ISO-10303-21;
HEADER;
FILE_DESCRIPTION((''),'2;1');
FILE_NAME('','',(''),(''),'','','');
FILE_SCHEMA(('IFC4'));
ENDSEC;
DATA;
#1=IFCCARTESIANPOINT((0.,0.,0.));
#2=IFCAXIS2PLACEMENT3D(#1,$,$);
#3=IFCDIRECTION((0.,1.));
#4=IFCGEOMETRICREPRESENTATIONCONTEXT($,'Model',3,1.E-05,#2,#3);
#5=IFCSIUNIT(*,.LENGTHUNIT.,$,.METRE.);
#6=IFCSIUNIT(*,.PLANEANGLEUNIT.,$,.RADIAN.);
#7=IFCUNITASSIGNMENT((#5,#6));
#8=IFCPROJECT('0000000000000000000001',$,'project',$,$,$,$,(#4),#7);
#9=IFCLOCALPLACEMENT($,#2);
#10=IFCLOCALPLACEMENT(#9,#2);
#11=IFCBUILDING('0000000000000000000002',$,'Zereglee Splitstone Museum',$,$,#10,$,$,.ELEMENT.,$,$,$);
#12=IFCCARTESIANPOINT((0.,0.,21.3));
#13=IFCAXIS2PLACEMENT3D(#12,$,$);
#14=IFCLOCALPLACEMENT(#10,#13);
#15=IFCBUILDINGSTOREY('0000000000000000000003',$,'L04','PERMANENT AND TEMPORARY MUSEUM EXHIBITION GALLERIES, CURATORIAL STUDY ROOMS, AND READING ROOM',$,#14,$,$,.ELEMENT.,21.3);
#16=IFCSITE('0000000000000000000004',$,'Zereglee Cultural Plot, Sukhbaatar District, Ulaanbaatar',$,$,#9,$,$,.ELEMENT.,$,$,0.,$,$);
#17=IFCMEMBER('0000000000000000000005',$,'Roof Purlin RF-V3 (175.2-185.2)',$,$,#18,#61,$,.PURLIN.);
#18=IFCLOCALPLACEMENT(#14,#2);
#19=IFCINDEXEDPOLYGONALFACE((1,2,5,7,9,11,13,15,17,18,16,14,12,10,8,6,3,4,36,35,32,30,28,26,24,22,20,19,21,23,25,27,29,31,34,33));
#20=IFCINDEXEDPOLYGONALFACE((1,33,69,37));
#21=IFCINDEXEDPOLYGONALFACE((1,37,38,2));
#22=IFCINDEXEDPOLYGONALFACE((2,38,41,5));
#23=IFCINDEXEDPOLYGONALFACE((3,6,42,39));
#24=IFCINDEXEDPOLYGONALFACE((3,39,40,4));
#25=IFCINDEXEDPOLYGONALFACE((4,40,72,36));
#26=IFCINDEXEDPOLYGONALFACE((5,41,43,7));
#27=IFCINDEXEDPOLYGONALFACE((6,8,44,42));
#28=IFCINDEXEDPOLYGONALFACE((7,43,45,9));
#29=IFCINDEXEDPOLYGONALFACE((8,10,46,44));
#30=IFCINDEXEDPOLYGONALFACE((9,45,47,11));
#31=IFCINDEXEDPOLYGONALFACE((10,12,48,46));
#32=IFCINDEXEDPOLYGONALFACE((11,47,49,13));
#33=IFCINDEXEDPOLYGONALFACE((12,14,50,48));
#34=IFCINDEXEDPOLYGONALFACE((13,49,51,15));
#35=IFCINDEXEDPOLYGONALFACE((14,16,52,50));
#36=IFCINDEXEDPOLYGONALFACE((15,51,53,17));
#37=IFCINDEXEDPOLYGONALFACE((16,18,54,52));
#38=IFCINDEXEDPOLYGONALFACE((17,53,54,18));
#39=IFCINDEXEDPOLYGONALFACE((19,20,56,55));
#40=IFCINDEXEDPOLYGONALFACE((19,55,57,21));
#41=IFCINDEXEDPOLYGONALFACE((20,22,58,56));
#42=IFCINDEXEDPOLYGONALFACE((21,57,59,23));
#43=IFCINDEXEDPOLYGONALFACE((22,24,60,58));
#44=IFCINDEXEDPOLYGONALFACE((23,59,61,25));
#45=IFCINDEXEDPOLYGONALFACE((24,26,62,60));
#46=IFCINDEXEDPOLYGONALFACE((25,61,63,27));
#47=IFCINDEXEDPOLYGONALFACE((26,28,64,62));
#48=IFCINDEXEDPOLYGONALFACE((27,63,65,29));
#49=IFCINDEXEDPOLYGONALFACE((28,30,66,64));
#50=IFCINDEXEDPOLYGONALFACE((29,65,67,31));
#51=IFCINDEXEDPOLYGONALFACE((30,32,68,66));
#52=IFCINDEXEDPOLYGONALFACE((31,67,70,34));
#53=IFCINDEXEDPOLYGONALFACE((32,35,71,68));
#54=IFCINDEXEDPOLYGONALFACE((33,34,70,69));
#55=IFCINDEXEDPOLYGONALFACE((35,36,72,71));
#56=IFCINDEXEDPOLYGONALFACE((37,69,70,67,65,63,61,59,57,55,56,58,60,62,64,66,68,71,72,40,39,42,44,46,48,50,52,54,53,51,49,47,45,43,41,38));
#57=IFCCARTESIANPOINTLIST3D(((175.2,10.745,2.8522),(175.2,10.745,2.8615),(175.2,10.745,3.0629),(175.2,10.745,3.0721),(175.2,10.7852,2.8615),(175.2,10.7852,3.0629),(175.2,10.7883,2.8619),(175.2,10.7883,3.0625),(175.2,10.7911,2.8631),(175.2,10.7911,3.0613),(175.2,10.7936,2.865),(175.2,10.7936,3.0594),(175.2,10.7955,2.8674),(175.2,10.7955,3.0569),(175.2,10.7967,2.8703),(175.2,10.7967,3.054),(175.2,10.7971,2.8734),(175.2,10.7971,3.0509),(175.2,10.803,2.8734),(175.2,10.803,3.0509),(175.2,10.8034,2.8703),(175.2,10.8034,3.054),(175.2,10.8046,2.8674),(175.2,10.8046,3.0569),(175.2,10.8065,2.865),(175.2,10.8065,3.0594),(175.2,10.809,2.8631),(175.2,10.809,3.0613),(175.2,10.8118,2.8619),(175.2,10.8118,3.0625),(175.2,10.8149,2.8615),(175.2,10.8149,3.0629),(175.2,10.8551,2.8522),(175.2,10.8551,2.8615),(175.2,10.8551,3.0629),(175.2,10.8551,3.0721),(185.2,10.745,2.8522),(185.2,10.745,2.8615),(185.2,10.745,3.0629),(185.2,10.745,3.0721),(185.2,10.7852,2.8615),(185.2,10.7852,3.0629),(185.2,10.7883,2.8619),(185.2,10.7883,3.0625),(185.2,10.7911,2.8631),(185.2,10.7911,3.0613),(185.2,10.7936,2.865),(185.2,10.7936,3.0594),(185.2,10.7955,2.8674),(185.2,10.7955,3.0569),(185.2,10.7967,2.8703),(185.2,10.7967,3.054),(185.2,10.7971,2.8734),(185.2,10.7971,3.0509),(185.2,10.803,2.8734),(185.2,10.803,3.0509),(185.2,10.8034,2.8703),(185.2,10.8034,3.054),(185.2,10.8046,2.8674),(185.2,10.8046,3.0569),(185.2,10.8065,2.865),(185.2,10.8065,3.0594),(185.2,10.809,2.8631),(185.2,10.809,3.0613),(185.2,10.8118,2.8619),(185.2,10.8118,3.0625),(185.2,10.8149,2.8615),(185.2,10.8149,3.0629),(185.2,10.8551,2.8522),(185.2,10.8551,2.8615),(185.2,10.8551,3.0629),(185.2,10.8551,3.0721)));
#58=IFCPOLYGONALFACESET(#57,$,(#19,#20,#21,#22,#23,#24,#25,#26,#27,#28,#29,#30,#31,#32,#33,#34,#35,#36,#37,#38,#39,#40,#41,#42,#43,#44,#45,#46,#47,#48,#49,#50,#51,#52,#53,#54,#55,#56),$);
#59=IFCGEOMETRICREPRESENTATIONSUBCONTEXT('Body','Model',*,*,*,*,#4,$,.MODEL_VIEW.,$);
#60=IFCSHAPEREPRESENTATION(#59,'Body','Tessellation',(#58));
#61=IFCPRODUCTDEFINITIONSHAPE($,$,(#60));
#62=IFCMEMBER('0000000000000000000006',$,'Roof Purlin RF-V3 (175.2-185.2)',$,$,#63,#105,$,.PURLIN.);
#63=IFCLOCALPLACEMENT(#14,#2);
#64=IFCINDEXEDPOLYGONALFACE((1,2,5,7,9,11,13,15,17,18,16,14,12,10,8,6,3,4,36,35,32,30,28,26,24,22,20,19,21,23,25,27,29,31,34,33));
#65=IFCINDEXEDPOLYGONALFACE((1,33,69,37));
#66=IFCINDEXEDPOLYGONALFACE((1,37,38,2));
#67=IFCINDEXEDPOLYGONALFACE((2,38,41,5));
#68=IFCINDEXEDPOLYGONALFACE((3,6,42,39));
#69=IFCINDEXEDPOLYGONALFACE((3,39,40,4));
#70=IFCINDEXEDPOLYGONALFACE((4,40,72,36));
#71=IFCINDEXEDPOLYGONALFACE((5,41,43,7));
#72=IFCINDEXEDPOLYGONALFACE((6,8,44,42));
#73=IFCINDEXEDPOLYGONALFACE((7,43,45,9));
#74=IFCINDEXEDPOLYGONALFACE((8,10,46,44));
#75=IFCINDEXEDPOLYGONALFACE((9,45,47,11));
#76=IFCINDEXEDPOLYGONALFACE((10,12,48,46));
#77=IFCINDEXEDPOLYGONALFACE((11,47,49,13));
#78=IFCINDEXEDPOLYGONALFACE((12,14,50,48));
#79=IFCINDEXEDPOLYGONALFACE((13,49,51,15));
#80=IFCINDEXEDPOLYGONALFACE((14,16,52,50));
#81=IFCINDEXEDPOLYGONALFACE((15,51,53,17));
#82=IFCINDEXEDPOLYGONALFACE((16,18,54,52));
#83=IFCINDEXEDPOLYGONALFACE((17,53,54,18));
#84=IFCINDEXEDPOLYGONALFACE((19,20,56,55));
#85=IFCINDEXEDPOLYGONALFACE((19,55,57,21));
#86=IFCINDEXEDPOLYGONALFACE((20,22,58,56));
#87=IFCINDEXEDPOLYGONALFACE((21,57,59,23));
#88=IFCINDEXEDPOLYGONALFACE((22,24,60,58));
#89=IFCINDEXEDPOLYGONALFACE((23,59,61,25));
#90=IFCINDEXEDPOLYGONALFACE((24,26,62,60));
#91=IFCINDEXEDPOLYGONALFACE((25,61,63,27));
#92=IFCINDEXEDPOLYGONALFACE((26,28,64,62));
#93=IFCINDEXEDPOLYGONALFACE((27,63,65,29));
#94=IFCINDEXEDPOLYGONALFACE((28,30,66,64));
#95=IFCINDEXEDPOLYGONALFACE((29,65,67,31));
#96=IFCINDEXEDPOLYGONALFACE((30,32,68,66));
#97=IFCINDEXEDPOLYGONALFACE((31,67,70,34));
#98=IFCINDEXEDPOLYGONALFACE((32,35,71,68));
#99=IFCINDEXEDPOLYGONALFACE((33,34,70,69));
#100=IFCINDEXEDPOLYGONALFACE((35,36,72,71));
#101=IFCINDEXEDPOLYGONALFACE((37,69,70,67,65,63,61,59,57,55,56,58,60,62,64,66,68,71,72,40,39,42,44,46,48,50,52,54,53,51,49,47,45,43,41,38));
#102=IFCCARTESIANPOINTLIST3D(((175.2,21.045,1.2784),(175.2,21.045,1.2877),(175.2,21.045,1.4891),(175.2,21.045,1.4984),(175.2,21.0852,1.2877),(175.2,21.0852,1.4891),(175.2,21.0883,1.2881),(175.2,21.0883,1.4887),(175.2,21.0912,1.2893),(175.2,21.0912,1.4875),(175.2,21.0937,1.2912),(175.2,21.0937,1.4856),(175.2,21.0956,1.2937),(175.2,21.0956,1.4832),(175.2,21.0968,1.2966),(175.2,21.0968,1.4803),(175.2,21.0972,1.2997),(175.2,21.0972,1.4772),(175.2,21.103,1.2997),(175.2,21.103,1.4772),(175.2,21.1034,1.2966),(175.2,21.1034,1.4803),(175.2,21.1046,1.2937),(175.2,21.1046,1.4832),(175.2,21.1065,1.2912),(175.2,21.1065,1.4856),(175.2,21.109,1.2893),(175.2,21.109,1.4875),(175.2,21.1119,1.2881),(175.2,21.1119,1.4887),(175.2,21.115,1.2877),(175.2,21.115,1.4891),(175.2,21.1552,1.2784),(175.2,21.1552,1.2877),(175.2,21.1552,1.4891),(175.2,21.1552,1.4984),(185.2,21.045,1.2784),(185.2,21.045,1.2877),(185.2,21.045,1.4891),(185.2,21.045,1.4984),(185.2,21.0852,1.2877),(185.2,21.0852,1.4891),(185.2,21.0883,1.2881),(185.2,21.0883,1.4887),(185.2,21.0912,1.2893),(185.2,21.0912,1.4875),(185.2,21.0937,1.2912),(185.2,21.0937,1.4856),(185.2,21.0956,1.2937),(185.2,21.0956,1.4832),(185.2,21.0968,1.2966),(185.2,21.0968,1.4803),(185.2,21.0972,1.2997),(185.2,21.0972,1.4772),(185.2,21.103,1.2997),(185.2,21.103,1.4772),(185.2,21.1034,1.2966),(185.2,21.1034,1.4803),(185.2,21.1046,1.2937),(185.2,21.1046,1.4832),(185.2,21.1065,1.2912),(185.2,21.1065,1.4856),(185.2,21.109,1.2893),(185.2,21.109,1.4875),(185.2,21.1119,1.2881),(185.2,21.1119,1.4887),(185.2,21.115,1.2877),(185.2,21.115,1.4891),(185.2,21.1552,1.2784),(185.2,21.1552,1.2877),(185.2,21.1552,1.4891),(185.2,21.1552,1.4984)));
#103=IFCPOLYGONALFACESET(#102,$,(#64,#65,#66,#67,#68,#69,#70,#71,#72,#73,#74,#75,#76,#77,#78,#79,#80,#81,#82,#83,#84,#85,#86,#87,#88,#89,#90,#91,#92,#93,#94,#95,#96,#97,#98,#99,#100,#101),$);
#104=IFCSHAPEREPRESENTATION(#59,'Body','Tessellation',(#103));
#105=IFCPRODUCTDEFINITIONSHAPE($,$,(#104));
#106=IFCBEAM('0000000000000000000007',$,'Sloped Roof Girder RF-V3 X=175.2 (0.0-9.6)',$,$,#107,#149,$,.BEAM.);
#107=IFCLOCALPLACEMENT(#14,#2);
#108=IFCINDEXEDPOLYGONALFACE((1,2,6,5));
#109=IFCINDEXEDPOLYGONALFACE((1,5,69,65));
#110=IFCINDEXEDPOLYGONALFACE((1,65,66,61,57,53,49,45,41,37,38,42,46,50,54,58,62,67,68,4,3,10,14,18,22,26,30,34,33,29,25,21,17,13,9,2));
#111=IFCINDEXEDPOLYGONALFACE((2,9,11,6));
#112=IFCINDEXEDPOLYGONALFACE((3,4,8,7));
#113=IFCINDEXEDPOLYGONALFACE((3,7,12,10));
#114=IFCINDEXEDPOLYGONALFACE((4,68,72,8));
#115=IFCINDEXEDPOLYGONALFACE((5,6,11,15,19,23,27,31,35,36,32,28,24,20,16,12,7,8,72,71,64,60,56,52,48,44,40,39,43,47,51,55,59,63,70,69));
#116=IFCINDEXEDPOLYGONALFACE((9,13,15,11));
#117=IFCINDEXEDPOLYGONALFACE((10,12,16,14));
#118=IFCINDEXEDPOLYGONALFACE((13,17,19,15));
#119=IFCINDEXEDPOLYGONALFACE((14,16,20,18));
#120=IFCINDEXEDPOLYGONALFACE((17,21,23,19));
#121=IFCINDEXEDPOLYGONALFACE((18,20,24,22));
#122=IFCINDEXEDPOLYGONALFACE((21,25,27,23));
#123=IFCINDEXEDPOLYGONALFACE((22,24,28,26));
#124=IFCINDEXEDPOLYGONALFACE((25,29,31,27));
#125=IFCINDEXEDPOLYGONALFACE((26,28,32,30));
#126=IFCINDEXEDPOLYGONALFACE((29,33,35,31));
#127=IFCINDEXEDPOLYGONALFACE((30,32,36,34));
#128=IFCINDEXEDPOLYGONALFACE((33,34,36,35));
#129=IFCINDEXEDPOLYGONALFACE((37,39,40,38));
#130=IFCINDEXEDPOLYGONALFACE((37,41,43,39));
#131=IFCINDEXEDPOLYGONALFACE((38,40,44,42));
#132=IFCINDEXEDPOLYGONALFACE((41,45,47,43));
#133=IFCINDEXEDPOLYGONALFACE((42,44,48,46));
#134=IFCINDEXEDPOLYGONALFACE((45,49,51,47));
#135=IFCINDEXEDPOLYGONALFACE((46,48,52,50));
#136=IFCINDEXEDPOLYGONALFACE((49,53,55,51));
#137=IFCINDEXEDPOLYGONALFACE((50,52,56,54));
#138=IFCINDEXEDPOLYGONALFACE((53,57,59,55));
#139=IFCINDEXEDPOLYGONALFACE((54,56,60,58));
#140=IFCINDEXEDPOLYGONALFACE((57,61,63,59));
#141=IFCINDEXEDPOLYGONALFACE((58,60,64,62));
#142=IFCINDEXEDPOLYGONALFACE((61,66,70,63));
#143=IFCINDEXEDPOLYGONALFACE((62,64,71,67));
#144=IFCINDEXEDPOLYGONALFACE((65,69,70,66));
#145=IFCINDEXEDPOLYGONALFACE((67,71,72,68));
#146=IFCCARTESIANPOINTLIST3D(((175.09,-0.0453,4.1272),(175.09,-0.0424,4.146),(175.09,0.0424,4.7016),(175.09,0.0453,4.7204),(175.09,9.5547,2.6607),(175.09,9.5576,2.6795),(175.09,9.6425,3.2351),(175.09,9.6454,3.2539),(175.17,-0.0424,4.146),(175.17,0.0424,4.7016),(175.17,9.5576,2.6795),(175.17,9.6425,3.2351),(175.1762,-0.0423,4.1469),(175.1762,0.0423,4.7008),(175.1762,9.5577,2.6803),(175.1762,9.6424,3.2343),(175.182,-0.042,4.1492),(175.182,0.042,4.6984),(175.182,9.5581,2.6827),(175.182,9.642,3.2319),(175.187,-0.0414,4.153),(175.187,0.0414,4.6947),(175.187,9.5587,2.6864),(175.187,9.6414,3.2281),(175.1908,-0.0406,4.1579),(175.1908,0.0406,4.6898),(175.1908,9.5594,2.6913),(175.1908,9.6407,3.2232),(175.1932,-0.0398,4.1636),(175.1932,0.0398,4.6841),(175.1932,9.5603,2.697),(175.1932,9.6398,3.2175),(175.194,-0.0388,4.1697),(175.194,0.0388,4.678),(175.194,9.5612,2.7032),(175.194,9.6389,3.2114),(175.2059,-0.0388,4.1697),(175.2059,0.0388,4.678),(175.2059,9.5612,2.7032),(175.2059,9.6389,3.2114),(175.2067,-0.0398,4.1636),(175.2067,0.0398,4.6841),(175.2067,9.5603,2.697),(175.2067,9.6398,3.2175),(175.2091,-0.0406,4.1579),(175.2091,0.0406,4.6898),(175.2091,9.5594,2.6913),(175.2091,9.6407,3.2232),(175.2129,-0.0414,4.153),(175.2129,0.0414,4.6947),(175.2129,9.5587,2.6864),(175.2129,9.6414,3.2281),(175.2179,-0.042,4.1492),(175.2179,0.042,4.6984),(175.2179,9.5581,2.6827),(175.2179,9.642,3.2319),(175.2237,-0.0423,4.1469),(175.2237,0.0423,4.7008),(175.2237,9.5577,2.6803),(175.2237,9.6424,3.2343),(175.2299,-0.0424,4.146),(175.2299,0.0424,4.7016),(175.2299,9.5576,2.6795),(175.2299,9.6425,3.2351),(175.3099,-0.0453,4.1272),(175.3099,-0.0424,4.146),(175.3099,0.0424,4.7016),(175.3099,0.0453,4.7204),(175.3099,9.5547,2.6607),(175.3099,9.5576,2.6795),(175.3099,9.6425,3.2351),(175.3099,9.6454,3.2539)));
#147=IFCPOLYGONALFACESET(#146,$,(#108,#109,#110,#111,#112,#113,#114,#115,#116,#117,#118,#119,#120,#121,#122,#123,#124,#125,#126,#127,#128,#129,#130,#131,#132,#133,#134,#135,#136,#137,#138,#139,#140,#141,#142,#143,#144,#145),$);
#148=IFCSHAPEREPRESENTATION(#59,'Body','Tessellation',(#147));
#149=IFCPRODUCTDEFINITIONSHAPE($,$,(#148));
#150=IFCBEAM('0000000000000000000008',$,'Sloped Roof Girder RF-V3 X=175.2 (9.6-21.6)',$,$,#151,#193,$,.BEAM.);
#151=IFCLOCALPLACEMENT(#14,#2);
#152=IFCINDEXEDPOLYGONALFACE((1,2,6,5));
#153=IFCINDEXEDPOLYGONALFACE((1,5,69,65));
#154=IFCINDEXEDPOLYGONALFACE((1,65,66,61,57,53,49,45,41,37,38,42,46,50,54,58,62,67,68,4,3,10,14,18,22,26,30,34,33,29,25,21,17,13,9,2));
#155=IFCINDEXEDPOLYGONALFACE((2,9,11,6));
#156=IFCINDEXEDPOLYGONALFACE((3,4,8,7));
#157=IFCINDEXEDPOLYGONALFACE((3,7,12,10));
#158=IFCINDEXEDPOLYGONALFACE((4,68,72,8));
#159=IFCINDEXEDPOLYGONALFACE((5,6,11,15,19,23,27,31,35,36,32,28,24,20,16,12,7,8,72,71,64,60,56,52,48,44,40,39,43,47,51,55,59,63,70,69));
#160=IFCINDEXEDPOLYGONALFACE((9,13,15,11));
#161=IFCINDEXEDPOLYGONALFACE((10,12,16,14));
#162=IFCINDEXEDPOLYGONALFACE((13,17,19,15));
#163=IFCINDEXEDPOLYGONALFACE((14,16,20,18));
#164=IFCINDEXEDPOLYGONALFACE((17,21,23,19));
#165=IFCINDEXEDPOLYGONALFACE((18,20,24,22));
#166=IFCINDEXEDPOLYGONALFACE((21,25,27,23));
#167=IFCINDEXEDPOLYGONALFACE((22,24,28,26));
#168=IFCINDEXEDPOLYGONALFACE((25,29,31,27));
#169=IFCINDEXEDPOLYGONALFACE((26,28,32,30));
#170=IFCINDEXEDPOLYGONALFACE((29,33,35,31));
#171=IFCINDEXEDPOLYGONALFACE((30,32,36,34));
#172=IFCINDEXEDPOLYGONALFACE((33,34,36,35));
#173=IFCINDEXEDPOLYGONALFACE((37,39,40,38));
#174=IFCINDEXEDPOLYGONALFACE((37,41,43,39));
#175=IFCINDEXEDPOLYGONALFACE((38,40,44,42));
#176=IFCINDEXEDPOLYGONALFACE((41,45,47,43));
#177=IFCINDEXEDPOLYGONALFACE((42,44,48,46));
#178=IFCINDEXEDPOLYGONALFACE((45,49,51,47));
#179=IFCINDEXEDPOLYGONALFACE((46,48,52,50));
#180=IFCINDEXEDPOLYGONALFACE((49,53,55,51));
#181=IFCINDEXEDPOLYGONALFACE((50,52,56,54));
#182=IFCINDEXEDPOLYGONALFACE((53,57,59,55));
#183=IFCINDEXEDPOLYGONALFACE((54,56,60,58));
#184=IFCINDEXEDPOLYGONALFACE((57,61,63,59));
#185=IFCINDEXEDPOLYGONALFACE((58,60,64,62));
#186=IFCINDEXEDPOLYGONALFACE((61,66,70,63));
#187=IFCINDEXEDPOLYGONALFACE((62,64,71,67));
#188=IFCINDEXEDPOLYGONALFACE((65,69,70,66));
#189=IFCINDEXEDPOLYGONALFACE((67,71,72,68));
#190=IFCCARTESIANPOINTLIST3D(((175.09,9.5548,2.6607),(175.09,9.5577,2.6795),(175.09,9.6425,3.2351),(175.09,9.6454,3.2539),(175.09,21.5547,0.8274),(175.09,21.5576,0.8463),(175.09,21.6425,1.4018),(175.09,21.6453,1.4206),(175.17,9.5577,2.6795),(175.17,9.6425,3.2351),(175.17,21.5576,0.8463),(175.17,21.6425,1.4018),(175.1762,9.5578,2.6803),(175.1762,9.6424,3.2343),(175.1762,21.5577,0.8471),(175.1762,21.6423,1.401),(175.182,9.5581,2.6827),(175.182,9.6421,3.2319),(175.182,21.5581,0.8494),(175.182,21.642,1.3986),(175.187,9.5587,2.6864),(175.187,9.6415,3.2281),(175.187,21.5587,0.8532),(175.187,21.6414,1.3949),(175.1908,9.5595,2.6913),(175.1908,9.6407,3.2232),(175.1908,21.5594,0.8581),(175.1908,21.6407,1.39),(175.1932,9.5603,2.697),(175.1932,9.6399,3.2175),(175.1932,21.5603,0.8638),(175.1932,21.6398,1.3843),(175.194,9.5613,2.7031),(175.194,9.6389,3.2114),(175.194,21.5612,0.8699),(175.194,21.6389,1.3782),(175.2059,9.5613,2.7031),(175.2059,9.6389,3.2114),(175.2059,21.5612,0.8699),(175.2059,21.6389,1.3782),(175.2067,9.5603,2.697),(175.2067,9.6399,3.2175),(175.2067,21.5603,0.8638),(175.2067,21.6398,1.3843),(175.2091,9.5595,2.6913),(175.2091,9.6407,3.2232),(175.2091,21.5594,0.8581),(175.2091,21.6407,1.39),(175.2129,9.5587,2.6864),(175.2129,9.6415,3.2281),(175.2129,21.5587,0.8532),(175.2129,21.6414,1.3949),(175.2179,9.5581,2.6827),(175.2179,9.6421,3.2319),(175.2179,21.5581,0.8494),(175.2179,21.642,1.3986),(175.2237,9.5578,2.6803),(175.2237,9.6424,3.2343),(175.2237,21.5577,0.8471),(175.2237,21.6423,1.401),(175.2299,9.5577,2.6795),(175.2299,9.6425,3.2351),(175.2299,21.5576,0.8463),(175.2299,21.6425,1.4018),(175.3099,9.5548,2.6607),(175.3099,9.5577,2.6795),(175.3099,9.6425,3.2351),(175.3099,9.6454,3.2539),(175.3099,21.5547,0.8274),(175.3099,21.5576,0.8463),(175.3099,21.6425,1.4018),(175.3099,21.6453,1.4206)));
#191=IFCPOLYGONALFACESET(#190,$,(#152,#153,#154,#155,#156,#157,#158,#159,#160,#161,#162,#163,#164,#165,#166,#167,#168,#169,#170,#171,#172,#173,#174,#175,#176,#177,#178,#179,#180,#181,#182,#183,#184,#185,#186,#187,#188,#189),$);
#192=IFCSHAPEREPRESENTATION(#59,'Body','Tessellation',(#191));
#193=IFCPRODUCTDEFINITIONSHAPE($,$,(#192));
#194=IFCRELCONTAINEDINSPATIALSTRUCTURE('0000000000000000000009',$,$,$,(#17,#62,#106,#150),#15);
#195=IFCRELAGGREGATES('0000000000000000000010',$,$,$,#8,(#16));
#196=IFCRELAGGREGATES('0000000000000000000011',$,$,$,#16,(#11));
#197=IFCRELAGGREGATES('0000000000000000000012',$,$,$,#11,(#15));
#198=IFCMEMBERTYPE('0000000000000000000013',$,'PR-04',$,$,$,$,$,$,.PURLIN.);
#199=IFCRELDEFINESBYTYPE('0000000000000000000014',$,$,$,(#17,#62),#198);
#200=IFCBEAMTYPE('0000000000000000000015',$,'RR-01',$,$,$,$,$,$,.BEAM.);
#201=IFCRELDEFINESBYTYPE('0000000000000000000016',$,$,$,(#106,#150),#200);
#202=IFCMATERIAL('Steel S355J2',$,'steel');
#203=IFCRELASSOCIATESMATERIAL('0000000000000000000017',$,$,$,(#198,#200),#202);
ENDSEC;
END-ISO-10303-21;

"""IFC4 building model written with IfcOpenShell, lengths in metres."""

from ifc_helpers import new_model, si_unit, direction, frame, origin, origin_2d, place, context, subcontext, project, spatial, i_section, extrude, material, material_profile, profile_set, type_object, element, save


model = new_model("IFC4")

# Units and contexts
model_context = context("Model", 3, precision=1e-05, world=origin(), true_north=direction((0.0, 1.0)))
body_context = subcontext(model_context, "Body", "Model", "MODEL_VIEW")
ifc_project = project(units=[si_unit("LENGTHUNIT", "METRE"), si_unit("PLANEANGLEUNIT", "RADIAN")], contexts=[model_context])

# Site, building, storey
site_placement = place(None, origin())
site = spatial("IfcSite", under=ifc_project, at=site_placement, Name="Zereglee Cultural Plot, Sukhbaatar District, Ulaanbaatar", CompositionType="ELEMENT", RefElevation=0.0)
building_placement = place(site_placement, origin())
building = spatial("IfcBuilding", under=site, at=building_placement, Name="Zereglee Splitstone Museum", CompositionType="ELEMENT")
storey_placement = place(building_placement, frame((0.0, 0.0, 21.3)))
storey = spatial("IfcBuildingStorey", under=building, at=storey_placement, Name="L04", Description="PERMANENT AND TEMPORARY MUSEUM EXHIBITION GALLERIES, CURATORIAL STUDY ROOMS, AND READING ROOM", CompositionType="ELEMENT", Elevation=21.3)

# Shared definitions
ifc_material_1 = material(Name="Steel S355J2", Category="steel")

# Members
ifc_material_profile_1 = material_profile(ifc_material_1, i_section(OverallWidth=0.1101, OverallDepth=0.22, WebThickness=0.0059, FlangeThickness=0.0093, FilletRadius=0.012, at=origin_2d()), Name="IPE 220")
ifc_profile_set_1 = profile_set([ifc_material_profile_1], Name="Steel S355J2")
member_type = type_object("IfcMemberType", Name="PR-04", PredefinedType="PURLIN", material=ifc_profile_set_1)
for number, where, z_axis, x_axis, name in (
    (1, (175.2, 10.8, 2.9622), (1.0, 0.0, 0.0), (0.0, 1.0, 0.0), "Roof Purlin RF-V3 (175.2-185.2)"),
    (2, (175.2, 21.1001, 1.3884), (1.0, 0.0, 0.0), (0.0, 1.0, 0.0), "Roof Purlin RF-V3 (175.2-185.2)"),
):
    element("IfcMember", number, at=place(storey_placement, frame(where, z_axis=z_axis, x_axis=x_axis)), inside=storey, type_object=member_type, Name=name, PredefinedType="PURLIN", context=body_context, shape_type="SweptSolid", body=[
        extrude(i_section(OverallWidth=0.1101, OverallDepth=0.22, WebThickness=0.0059, FlangeThickness=0.0093, FilletRadius=0.012, at=origin_2d()), origin(), (0.0, 0.0, 1.0), 10.0),
    ])

# Beams
ifc_material_profile_2 = material_profile(ifc_material_1, i_section(OverallWidth=0.22, OverallDepth=0.6001, WebThickness=0.012, FlangeThickness=0.019, FilletRadius=0.0239, at=origin_2d()), Name="IPE 600")
ifc_profile_set_2 = profile_set([ifc_material_profile_2], Name="Steel S355J2")
beam_type = type_object("IfcBeamType", Name="RR-01", PredefinedType="BEAM", material=ifc_profile_set_2)
beam_1_placement = place(storey_placement, frame((175.2, 0.0, 4.4238), z_axis=(0.0, 0.988532, -0.151012), x_axis=(-1.0, 0.0, 0.0)))
element("IfcBeam", 3, at=beam_1_placement, inside=storey, type_object=beam_type, Name="Sloped Roof Girder RF-V3 X=175.2 (0.0-9.6)", PredefinedType="BEAM", context=body_context, shape_type="SweptSolid", body=[
    extrude(i_section(OverallWidth=0.22, OverallDepth=0.6001, WebThickness=0.012, FlangeThickness=0.019, FilletRadius=0.0239, at=origin_2d()), origin(), (0.0, 0.0, 1.0), 9.7114),
])
beam_2_placement = place(storey_placement, frame((175.2, 9.6001, 2.9573), z_axis=(0.0, 0.988531, -0.151019), x_axis=(-1.0, 0.0, 0.0)))
element("IfcBeam", 4, at=beam_2_placement, inside=storey, type_object=beam_type, Name="Sloped Roof Girder RF-V3 X=175.2 (9.6-21.6)", PredefinedType="BEAM", context=body_context, shape_type="SweptSolid", body=[
    extrude(i_section(OverallWidth=0.22, OverallDepth=0.6001, WebThickness=0.012, FlangeThickness=0.019, FilletRadius=0.0239, at=origin_2d()), origin(), (0.0, 0.0, 1.0), 12.1392),
])

save(model, "model.ifc")
